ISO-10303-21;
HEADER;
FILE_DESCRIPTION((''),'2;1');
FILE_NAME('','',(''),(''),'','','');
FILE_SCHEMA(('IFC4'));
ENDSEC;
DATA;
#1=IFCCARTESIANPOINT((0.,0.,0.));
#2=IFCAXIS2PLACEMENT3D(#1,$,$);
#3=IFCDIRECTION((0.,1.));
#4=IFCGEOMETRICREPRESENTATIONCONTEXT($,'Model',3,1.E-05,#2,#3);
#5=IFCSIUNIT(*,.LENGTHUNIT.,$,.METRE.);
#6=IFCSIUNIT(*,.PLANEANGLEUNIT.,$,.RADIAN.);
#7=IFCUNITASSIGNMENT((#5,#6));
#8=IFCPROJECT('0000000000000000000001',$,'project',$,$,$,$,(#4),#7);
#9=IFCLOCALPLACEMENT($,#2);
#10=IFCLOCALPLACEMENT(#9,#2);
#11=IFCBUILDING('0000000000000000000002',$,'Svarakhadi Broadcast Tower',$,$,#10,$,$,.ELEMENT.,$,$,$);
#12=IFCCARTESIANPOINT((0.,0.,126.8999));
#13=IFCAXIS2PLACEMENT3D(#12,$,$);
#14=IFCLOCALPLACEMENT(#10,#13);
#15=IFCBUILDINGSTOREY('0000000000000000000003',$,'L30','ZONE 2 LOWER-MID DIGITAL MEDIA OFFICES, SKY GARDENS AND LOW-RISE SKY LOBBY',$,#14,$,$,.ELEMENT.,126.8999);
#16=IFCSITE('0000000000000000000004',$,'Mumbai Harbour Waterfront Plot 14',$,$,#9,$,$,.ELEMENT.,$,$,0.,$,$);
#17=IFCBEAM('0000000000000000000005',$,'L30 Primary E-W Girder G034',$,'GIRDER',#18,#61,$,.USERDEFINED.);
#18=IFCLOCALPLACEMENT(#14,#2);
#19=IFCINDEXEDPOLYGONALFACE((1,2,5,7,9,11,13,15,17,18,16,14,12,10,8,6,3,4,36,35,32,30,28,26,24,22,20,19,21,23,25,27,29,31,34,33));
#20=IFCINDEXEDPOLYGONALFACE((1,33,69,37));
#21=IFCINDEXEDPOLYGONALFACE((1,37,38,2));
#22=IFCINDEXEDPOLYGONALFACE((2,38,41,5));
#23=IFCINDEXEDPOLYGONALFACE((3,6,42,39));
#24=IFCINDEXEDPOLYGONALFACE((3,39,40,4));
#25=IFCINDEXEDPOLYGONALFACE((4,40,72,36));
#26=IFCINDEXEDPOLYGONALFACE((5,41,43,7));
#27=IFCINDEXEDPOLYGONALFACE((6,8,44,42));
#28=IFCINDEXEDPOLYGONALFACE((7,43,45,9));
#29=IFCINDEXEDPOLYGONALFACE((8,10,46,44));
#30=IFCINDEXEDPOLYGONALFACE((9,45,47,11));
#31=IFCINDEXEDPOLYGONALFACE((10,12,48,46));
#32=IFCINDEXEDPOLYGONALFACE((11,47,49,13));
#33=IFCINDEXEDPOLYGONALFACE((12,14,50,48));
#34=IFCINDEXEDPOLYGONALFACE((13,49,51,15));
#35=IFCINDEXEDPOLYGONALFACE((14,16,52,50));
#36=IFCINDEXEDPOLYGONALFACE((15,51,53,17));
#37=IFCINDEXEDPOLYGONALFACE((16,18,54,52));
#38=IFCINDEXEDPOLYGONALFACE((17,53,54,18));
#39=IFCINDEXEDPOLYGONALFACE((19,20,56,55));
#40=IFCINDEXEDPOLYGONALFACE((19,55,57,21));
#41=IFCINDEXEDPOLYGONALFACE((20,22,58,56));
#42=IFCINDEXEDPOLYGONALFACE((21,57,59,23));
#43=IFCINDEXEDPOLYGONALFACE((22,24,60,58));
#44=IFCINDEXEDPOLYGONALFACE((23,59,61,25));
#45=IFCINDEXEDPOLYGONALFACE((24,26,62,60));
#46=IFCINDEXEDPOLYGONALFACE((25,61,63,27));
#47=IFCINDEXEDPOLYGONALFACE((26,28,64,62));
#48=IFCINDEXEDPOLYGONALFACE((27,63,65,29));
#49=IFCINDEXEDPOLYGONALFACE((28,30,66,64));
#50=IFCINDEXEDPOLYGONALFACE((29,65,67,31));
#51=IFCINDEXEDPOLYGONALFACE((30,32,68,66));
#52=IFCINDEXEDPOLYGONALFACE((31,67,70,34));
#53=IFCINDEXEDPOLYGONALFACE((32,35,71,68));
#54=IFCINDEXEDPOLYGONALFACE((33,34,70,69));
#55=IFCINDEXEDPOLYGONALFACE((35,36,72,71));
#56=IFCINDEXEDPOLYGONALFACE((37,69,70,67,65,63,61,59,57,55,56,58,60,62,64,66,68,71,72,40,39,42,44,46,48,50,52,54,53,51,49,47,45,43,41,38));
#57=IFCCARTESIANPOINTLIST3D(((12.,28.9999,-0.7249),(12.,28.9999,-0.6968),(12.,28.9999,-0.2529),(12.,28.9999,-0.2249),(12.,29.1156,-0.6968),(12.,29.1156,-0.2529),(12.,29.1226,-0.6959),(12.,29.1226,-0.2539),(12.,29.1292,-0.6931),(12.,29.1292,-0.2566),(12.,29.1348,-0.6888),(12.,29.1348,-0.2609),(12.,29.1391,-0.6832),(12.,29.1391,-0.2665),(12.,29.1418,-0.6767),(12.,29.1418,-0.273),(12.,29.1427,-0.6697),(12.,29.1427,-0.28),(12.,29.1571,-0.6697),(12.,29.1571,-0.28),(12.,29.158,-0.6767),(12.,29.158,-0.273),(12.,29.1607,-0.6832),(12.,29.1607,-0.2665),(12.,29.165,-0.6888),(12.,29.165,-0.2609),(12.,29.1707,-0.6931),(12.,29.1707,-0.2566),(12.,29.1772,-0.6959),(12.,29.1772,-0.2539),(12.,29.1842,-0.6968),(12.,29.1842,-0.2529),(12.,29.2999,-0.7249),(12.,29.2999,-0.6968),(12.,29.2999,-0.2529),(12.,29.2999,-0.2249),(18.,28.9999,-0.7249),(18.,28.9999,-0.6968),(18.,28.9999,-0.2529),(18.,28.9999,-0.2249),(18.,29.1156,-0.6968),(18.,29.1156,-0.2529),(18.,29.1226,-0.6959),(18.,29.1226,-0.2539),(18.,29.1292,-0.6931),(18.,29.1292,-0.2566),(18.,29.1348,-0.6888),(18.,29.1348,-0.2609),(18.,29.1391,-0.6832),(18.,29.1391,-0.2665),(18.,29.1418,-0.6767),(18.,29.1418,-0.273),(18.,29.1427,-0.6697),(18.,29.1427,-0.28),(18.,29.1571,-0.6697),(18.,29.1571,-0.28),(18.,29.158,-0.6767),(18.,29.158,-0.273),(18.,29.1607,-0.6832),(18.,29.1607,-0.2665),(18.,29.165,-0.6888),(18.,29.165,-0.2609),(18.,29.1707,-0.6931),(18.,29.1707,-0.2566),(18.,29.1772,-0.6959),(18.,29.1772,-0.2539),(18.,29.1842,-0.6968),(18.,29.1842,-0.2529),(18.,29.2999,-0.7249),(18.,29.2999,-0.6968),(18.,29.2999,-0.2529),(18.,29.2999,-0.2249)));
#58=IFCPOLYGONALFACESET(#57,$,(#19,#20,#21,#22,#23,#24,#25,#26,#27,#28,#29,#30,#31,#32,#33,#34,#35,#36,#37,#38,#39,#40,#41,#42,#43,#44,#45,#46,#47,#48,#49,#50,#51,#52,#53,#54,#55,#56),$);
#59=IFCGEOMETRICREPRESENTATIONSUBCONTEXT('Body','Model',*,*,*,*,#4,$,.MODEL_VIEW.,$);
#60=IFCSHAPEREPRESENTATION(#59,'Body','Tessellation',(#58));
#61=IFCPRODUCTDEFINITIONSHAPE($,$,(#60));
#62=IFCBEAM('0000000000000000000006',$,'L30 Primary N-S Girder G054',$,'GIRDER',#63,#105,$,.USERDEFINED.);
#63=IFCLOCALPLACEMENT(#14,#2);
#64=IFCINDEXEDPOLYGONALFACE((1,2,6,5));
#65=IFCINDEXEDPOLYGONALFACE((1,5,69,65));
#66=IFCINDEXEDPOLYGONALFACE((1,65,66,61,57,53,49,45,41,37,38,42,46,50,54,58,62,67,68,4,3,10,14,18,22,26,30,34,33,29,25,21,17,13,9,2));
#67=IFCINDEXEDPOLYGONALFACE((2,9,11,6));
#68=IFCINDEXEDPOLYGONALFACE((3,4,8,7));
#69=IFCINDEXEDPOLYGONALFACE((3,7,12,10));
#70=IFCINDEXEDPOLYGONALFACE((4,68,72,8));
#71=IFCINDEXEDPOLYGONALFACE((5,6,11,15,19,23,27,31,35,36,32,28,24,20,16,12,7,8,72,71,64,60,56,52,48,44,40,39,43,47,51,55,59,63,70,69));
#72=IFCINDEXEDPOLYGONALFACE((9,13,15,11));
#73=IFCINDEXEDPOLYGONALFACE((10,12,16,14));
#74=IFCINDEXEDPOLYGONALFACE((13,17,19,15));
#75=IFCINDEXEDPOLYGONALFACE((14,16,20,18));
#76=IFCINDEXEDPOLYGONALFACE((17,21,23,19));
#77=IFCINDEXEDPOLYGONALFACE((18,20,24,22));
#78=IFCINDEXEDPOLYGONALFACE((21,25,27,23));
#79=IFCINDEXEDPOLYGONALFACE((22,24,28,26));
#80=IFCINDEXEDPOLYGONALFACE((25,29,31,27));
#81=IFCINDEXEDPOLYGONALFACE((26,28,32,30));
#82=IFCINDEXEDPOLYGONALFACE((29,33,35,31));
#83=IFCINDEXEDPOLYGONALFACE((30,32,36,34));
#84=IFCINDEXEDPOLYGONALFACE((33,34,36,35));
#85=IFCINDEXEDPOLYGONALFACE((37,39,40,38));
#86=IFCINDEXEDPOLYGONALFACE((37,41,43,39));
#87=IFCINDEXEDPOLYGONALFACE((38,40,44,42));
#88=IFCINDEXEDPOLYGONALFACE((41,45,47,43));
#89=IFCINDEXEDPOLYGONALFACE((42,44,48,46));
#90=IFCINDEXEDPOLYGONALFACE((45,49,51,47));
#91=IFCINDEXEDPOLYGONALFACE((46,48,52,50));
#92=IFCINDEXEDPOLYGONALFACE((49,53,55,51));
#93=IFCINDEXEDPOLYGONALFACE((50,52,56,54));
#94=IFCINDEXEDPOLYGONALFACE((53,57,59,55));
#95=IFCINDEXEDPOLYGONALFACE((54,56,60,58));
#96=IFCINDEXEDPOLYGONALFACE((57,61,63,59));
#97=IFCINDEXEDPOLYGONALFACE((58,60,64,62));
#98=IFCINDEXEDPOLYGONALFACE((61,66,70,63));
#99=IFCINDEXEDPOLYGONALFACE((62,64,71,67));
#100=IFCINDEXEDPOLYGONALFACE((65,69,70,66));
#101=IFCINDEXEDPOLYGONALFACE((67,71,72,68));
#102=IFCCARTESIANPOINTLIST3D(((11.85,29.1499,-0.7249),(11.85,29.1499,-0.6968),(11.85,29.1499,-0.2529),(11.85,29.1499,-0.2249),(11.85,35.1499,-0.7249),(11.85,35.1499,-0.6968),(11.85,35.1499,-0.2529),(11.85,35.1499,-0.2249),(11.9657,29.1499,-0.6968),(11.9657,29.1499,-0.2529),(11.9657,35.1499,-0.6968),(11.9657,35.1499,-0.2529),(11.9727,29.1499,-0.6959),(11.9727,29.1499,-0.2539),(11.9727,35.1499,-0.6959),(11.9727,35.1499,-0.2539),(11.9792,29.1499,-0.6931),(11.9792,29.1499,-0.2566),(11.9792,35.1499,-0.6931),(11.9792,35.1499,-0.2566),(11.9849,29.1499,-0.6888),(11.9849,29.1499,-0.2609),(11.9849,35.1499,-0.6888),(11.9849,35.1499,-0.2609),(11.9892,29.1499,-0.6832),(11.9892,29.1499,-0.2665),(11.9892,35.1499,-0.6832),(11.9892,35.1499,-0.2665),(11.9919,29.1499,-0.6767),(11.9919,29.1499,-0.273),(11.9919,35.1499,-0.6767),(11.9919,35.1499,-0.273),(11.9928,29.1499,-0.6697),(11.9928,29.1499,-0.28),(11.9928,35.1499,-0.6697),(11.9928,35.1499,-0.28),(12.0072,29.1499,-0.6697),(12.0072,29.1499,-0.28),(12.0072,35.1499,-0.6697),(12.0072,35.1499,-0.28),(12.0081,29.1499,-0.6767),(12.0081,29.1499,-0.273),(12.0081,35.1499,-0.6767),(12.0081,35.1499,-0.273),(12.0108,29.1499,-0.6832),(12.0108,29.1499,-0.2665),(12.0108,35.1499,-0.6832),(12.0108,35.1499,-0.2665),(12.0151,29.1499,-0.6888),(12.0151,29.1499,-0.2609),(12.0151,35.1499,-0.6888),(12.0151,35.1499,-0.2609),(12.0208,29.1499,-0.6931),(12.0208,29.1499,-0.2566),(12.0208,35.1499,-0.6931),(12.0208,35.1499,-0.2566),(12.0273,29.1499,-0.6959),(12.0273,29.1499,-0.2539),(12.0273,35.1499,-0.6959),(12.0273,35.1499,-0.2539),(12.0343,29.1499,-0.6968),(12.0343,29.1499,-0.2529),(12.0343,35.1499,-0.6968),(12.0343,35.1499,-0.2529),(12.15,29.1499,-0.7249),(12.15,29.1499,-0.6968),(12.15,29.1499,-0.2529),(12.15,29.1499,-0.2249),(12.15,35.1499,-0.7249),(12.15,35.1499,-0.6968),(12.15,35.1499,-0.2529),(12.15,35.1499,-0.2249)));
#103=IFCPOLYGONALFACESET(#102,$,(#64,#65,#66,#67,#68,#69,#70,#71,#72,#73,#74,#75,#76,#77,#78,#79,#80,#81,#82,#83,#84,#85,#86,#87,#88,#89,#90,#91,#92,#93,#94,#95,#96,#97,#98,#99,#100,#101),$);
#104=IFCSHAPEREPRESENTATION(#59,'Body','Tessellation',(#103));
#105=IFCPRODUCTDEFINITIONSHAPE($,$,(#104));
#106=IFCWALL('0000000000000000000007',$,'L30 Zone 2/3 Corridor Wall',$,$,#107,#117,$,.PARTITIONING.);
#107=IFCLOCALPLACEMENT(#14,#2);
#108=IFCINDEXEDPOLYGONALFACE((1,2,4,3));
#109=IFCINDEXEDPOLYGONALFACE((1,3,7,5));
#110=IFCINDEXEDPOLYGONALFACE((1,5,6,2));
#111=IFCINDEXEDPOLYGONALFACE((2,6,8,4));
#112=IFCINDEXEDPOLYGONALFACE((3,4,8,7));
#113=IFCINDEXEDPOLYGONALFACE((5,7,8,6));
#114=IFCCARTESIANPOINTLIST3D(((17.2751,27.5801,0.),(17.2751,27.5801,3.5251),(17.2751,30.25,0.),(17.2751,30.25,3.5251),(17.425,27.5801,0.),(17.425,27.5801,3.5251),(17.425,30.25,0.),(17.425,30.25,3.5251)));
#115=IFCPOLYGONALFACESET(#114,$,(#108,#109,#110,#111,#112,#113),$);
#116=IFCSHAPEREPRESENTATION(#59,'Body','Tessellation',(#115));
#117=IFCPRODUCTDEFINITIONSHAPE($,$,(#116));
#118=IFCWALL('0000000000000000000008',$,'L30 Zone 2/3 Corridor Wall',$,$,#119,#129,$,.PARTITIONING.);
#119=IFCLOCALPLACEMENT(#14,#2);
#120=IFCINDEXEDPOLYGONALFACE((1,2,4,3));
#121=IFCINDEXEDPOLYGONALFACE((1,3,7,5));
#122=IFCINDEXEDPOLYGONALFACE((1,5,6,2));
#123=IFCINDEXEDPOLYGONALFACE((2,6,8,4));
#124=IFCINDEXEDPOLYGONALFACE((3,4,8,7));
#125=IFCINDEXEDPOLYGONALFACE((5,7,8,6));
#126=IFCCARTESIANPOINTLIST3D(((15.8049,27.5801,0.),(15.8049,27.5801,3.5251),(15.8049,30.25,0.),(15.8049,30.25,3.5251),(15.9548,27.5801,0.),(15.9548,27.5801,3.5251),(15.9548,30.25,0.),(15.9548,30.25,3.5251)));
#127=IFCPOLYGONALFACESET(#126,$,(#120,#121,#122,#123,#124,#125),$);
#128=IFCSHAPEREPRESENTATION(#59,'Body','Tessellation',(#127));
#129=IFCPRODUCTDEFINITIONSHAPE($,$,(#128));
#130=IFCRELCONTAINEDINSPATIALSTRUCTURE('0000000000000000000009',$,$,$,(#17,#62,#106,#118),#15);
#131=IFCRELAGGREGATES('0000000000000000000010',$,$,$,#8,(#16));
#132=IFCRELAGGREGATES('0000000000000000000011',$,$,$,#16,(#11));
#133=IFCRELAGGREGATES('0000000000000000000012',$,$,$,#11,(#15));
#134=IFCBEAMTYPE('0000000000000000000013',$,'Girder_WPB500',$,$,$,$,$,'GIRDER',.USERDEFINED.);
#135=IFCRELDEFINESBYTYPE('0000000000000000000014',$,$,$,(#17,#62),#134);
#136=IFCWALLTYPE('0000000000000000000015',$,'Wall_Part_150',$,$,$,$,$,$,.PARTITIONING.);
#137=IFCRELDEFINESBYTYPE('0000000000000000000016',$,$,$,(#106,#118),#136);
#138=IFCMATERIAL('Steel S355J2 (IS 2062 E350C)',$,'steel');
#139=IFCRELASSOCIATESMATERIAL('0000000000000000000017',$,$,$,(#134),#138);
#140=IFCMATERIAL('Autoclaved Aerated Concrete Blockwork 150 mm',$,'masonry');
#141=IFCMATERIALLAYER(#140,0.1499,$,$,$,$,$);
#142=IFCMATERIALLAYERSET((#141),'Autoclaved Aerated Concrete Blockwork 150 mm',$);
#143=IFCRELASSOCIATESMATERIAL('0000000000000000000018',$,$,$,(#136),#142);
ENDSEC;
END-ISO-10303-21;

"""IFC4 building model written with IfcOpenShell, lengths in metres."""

from ifc_helpers import new_model, si_unit, direction, frame, frame_2d, origin, origin_2d, place, context, subcontext, project, spatial, rectangle, i_section, extrude, material, layer, layer_set, material_profile, profile_set, type_object, element, save


model = new_model("IFC4")

# Units and contexts
model_context = context("Model", 3, precision=1e-05, world=origin(), true_north=direction((0.0, 1.0)))
body_context = subcontext(model_context, "Body", "Model", "MODEL_VIEW")
ifc_project = project(units=[si_unit("LENGTHUNIT", "METRE"), si_unit("PLANEANGLEUNIT", "RADIAN")], contexts=[model_context])

# Site, building, storey
site_placement = place(None, origin())
site = spatial("IfcSite", under=ifc_project, at=site_placement, Name="Mumbai Harbour Waterfront Plot 14", CompositionType="ELEMENT", RefElevation=0.0)
building_placement = place(site_placement, origin())
building = spatial("IfcBuilding", under=site, at=building_placement, Name="Svarakhadi Broadcast Tower", CompositionType="ELEMENT")
storey_placement = place(building_placement, frame((0.0, 0.0, 126.8999)))
storey = spatial("IfcBuildingStorey", under=building, at=storey_placement, Name="L30", Description="ZONE 2 LOWER-MID DIGITAL MEDIA OFFICES, SKY GARDENS AND LOW-RISE SKY LOBBY", CompositionType="ELEMENT", Elevation=126.8999)

# Beams
ifc_material_1 = material(Name="Steel S355J2 (IS 2062 E350C)", Category="steel")
ifc_material_profile_1 = material_profile(ifc_material_1, i_section(OverallWidth=0.3, OverallDepth=0.5, WebThickness=0.0144, FlangeThickness=0.0281, FilletRadius=0.0271, at=origin_2d()), Name="WPB 500x300x187")
ifc_profile_set_1 = profile_set([ifc_material_profile_1], Name="Steel S355J2 (IS 2062 E350C)")
beam_type = type_object("IfcBeamType", Name="Girder_WPB500", ElementType="GIRDER", PredefinedType="USERDEFINED", material=ifc_profile_set_1)
for number, where, z_axis, x_axis, name in (
    (1, (12.0, 29.1499, -0.4749), (1.0, 0.0, 0.0), (0.0, 1.0, 0.0), "L30 Primary E-W Girder G034"),
    (2, (12.0, 29.1499, -0.4749), (0.0, 1.0, 0.0), (-1.0, 0.0, 0.0), "L30 Primary N-S Girder G054"),
):
    element("IfcBeam", number, at=place(storey_placement, frame(where, z_axis=z_axis, x_axis=x_axis)), inside=storey, type_object=beam_type, Name=name, ObjectType="GIRDER", PredefinedType="USERDEFINED", context=body_context, shape_type="SweptSolid", body=[
        extrude(i_section(OverallWidth=0.3, OverallDepth=0.5, WebThickness=0.0144, FlangeThickness=0.0281, FilletRadius=0.0271, at=origin_2d()), origin(), (0.0, 0.0, 1.0), 6.0),
    ])

# Shared definitions
ifc_material_2 = material(Name="Autoclaved Aerated Concrete Blockwork 150 mm", Category="masonry")
ifc_layer_1 = layer(ifc_material_2, 0.1499)
ifc_layer_set_1 = layer_set([ifc_layer_1], Name="Autoclaved Aerated Concrete Blockwork 150 mm")
wall_type_1 = type_object("IfcWallType", Name="Wall_Part_150", PredefinedType="PARTITIONING", material=ifc_layer_set_1)

# Walls
for number, where, z_axis, x_axis, name in (
    (3, (17.3501, 30.25, 0.0), (0.0, 0.0, 1.0), (0.0, -1.0, 0.0), "L30 Zone 2/3 Corridor Wall"),
    (4, (15.8799, 27.5801, 0.0), (0.0, 0.0, 1.0), (0.0, 1.0, 0.0), "L30 Zone 2/3 Corridor Wall"),
):
    element("IfcWall", number, at=place(storey_placement, frame(where, z_axis=z_axis, x_axis=x_axis)), inside=storey, type_object=wall_type_1, Name=name, PredefinedType="PARTITIONING", context=body_context, shape_type="SweptSolid", body=[
        extrude(rectangle(XDim=2.6699, YDim=0.1499, at=frame_2d((1.335, 0.0))), origin(), (0.0, 0.0, 1.0), 3.5251),
    ])

save(model, "model.ifc")
